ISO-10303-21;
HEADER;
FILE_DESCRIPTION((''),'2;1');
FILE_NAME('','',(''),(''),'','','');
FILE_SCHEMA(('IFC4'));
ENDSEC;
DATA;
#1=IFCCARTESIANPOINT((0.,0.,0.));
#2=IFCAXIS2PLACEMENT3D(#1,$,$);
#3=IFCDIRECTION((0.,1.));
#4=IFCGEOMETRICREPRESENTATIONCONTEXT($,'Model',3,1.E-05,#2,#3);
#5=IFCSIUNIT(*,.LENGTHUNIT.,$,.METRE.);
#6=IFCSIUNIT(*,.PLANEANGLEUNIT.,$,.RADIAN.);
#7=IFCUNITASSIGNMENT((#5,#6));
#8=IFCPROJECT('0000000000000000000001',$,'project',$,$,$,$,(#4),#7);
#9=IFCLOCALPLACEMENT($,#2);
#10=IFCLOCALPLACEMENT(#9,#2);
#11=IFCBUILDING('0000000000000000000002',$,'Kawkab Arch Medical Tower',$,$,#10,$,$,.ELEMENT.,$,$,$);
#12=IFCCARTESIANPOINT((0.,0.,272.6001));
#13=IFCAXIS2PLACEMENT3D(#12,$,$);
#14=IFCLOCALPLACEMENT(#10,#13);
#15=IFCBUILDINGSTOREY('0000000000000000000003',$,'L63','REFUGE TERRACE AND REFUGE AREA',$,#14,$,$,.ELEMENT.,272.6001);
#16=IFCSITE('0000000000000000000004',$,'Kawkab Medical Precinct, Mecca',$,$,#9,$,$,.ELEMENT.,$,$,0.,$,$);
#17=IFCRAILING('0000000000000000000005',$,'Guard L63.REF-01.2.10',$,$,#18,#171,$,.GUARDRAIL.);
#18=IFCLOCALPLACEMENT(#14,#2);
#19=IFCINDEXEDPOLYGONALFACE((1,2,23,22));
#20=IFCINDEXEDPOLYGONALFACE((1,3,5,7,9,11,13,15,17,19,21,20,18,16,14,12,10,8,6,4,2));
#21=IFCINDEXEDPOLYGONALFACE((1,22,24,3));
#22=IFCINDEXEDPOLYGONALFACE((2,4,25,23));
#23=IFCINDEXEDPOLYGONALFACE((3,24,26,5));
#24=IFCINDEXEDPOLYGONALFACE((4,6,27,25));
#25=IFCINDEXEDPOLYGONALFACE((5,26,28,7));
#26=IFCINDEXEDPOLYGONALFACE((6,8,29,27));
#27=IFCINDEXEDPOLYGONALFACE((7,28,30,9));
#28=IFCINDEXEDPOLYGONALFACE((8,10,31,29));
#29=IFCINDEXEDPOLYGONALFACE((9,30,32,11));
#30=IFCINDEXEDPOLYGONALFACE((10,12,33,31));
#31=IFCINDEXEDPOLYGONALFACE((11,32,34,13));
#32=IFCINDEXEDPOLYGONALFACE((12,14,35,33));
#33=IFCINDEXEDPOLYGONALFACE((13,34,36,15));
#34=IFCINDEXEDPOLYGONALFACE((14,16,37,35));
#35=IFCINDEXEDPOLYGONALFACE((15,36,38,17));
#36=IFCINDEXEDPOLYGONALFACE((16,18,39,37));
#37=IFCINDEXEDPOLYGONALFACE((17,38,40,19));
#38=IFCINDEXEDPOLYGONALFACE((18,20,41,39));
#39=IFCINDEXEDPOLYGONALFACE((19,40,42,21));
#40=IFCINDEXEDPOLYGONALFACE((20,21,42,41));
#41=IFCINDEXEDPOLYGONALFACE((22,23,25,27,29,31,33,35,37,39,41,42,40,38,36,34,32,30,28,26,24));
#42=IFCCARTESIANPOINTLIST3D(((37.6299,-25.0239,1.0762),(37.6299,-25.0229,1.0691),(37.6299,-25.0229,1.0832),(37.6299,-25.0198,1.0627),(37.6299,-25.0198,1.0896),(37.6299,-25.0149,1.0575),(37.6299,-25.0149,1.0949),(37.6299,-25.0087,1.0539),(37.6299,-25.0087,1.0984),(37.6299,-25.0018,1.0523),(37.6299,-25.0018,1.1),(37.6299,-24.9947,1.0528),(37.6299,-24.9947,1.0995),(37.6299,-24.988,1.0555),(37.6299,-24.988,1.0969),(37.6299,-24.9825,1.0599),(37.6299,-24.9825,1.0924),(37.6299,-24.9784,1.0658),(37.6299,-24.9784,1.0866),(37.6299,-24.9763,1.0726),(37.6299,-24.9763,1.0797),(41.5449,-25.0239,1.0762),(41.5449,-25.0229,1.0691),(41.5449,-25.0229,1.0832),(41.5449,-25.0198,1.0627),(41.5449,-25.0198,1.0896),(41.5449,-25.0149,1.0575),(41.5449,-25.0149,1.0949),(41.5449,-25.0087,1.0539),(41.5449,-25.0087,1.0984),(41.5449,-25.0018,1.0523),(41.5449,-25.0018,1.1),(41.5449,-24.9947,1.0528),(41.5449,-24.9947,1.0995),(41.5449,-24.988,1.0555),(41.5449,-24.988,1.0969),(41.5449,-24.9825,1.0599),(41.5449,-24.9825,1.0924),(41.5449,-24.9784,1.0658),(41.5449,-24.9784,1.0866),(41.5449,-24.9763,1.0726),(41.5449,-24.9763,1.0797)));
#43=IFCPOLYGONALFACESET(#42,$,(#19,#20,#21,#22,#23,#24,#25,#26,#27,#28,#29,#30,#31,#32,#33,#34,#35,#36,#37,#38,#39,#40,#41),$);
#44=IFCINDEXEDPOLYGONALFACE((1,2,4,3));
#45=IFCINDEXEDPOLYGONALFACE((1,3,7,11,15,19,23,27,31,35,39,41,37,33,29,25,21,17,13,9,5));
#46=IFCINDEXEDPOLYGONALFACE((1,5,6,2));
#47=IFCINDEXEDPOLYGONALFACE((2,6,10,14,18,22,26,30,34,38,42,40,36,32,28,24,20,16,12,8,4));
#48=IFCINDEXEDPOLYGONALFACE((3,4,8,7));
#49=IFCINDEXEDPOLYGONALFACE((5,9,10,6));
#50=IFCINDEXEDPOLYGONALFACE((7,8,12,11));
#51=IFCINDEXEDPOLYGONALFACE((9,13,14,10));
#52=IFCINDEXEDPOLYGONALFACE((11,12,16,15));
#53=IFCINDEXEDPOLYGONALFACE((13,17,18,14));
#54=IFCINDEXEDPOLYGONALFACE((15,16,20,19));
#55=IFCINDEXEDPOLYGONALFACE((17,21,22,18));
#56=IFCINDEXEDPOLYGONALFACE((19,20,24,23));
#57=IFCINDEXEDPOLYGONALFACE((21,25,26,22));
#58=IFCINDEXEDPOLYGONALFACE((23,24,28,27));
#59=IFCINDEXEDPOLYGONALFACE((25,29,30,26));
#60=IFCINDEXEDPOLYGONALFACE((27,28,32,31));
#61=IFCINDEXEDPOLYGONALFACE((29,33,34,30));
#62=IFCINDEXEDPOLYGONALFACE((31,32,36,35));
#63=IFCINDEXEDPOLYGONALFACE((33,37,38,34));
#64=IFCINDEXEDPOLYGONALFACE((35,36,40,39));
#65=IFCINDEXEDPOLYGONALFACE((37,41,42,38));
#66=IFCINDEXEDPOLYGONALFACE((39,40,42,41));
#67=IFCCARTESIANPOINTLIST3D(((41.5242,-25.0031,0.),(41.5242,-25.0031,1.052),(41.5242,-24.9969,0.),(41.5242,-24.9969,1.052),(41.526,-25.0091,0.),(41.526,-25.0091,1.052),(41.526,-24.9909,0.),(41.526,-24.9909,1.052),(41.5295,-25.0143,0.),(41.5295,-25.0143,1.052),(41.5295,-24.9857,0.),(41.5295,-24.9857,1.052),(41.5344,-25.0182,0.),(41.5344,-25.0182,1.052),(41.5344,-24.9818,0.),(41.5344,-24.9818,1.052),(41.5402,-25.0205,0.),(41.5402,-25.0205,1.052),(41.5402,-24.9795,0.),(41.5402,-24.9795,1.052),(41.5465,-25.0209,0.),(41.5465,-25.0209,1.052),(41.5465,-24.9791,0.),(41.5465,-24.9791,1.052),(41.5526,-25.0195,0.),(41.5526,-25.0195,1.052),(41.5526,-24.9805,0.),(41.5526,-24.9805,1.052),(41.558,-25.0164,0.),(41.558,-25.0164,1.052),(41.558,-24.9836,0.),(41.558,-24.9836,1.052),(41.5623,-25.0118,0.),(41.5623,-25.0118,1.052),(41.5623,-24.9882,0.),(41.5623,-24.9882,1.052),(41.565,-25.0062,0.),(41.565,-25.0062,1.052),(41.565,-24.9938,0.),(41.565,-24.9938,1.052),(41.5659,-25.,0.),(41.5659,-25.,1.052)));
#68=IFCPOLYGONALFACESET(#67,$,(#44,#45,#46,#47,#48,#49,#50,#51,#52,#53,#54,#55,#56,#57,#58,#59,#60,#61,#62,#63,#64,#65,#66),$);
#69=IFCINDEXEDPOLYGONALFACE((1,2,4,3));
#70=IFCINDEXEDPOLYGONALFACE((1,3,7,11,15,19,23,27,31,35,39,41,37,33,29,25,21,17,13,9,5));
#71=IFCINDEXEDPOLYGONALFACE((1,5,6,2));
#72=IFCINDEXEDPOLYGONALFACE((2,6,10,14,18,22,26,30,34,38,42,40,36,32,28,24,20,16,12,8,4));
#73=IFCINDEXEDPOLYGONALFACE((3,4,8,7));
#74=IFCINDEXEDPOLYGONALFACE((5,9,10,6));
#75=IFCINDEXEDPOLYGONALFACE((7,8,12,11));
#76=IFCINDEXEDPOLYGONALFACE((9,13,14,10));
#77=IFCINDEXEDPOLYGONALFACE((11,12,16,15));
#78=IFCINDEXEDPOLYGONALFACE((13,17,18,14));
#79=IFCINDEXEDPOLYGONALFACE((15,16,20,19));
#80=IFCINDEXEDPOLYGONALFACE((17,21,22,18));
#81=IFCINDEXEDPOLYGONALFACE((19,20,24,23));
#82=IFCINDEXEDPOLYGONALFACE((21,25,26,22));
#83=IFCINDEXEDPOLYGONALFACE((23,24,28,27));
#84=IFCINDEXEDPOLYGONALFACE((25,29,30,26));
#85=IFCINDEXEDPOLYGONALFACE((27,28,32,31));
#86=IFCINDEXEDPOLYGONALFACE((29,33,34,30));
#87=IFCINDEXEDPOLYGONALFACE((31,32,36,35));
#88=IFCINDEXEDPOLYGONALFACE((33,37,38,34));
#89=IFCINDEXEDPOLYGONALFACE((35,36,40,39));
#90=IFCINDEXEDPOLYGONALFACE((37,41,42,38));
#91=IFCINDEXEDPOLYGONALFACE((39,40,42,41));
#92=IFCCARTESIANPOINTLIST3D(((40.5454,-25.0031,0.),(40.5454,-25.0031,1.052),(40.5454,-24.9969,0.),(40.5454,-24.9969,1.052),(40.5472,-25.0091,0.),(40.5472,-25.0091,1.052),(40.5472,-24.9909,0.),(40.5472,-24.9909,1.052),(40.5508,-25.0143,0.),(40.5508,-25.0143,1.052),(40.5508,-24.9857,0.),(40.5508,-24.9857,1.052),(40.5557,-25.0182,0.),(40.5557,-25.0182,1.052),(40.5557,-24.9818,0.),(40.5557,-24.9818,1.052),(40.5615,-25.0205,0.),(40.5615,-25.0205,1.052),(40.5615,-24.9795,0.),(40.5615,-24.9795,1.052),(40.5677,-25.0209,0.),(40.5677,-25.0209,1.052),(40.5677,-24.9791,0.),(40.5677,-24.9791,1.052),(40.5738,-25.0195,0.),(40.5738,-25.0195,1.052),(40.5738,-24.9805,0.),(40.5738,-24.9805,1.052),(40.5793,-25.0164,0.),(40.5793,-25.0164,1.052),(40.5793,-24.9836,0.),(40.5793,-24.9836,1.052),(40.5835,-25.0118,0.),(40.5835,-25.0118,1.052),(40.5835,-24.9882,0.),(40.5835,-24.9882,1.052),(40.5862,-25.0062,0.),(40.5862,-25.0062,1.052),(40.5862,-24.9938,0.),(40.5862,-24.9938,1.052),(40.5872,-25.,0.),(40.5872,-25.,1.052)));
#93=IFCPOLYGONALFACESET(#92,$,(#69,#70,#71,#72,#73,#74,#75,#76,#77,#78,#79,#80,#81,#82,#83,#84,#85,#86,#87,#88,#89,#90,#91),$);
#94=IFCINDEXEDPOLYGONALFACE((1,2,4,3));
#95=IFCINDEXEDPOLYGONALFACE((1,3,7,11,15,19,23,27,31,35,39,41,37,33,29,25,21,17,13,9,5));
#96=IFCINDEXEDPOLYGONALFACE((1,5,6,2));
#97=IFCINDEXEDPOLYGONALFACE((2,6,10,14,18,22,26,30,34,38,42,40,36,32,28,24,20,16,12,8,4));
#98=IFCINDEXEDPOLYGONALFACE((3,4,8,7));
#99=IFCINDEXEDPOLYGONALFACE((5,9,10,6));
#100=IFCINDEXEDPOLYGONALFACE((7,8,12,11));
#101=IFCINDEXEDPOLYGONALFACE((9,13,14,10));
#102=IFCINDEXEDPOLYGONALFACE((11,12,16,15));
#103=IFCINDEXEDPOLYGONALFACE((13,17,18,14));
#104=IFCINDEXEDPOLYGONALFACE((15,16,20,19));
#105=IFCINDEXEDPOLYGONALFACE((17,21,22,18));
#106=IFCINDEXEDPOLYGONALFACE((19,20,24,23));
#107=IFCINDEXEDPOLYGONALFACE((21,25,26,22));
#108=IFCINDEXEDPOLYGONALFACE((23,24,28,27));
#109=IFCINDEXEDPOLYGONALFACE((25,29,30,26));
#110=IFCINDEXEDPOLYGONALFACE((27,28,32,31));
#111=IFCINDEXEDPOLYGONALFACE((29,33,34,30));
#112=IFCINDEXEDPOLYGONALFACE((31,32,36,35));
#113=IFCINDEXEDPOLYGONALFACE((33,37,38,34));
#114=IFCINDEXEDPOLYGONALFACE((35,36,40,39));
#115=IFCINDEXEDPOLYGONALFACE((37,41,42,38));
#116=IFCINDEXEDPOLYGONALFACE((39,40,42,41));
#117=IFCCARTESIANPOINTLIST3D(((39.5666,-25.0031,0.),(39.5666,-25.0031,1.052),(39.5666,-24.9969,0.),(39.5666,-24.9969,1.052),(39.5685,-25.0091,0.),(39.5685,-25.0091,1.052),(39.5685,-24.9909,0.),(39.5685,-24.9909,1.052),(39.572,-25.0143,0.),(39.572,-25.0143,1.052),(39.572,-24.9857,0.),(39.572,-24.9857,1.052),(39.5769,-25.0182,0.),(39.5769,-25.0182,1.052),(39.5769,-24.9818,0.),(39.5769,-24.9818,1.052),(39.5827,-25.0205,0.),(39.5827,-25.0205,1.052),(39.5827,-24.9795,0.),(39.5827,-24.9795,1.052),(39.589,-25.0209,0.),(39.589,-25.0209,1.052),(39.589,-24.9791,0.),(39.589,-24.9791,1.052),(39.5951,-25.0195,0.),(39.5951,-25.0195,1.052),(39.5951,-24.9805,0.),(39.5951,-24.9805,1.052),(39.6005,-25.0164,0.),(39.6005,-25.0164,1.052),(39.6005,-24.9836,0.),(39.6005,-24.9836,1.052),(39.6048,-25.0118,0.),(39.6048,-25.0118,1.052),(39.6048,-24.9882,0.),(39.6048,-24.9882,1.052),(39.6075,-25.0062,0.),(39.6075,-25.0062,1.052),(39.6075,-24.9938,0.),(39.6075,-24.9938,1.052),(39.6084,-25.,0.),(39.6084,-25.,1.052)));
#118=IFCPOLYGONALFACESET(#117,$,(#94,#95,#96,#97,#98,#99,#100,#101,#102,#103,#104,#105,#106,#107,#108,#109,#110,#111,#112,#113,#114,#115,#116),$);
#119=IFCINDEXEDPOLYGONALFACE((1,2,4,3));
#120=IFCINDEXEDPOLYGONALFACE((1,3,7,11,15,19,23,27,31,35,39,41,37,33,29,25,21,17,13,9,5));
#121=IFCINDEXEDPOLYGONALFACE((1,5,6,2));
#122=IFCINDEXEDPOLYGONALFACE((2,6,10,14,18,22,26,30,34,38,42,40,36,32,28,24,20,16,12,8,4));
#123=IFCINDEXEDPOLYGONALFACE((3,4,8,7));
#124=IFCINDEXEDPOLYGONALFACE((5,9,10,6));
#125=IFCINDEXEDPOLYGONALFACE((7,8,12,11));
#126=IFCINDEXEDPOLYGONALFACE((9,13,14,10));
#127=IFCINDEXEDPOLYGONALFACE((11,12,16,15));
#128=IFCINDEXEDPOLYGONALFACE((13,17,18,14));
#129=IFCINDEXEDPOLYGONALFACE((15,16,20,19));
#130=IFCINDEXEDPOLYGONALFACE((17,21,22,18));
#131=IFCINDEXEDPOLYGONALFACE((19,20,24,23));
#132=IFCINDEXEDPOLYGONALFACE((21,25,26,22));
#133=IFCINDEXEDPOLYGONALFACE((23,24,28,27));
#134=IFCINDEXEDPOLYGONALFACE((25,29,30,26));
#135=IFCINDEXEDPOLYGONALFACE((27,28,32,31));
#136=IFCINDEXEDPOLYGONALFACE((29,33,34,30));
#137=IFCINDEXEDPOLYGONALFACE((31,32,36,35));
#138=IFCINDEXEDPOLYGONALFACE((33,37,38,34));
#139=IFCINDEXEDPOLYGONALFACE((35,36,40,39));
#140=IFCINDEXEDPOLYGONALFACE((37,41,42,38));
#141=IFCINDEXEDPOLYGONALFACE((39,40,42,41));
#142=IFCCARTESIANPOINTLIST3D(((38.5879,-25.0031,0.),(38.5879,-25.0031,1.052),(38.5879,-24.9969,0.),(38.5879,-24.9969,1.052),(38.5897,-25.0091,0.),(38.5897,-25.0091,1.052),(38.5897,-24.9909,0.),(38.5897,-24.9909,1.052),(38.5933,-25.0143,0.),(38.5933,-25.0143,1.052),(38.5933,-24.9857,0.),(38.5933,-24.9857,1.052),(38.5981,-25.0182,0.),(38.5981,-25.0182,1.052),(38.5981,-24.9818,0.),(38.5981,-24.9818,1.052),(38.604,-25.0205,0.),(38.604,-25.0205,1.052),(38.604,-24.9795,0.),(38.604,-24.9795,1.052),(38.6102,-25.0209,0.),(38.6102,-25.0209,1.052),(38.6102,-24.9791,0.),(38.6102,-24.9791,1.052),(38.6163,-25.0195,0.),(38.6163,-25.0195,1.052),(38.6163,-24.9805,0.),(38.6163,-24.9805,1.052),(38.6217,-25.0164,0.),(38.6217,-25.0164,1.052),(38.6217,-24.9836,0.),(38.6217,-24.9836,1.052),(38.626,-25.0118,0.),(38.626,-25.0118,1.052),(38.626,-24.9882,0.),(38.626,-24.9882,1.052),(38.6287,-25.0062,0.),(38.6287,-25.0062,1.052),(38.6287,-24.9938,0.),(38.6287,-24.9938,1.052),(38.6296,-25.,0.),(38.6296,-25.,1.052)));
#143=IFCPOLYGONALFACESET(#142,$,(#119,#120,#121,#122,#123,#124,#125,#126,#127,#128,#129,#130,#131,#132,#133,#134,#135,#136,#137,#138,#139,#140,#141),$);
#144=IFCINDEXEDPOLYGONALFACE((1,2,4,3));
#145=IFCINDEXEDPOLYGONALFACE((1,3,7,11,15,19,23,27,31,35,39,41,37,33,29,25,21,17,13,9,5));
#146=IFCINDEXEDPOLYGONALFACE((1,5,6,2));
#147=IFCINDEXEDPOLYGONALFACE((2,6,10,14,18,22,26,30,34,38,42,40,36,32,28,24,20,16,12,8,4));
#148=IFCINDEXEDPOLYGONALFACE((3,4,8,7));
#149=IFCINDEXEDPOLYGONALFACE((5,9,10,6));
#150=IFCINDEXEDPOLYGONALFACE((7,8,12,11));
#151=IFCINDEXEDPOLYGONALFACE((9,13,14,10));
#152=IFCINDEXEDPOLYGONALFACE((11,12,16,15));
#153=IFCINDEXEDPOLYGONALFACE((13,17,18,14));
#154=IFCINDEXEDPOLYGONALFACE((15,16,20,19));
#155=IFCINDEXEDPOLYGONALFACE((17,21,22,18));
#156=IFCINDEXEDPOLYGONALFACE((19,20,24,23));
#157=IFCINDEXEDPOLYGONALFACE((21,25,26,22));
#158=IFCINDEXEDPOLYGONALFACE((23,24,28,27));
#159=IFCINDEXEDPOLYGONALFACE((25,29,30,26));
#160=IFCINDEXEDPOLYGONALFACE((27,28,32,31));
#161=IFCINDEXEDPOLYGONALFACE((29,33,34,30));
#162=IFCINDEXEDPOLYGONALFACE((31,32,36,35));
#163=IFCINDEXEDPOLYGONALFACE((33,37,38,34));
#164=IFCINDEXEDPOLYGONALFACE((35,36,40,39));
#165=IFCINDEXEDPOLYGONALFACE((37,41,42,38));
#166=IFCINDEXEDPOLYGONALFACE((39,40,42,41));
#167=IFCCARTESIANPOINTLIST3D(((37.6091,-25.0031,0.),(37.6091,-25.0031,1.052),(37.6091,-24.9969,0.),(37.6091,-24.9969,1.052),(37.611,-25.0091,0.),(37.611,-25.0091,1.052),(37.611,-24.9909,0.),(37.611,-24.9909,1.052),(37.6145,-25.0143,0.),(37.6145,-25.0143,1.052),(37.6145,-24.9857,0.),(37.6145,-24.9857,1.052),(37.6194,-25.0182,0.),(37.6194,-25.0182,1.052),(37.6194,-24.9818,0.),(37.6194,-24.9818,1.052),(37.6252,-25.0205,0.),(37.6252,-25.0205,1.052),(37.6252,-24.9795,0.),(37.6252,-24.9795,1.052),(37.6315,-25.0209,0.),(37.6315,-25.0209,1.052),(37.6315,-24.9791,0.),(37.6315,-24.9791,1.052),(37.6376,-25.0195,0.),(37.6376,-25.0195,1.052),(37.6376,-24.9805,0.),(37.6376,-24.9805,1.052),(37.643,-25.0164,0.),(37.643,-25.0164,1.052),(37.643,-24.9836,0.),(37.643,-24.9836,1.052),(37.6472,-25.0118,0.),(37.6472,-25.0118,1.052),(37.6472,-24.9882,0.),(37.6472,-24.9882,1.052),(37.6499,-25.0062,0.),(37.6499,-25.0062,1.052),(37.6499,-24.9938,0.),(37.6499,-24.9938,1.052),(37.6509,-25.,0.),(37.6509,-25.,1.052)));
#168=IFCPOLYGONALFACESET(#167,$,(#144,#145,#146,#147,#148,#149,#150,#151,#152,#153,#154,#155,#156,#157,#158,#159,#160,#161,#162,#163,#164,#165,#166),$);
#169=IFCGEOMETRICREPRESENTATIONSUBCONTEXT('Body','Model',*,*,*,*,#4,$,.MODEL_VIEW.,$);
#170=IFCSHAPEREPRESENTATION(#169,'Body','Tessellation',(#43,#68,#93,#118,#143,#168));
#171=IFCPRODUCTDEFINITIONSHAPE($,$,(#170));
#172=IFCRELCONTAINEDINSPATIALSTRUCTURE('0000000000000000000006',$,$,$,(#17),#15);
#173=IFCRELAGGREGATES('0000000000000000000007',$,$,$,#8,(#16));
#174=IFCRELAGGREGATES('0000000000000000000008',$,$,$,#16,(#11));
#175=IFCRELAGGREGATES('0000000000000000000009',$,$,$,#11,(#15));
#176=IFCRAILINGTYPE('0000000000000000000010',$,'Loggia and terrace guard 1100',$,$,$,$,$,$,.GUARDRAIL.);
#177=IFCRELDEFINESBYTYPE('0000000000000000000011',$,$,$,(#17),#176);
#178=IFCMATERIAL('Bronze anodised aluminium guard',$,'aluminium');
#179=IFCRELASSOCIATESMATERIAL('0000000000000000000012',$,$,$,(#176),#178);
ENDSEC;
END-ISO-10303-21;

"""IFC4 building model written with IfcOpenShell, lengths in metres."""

from ifc_helpers import new_model, si_unit, direction, frame, origin, origin_2d, place, context, subcontext, project, spatial, circle, extrude, material, type_object, element, save


model = new_model("IFC4")

# Units and contexts
model_context = context("Model", 3, precision=1e-05, world=origin(), true_north=direction((0.0, 1.0)))
body_context = subcontext(model_context, "Body", "Model", "MODEL_VIEW")
ifc_project = project(units=[si_unit("LENGTHUNIT", "METRE"), si_unit("PLANEANGLEUNIT", "RADIAN")], contexts=[model_context])

# Site, building, storey
site_placement = place(None, origin())
site = spatial("IfcSite", under=ifc_project, at=site_placement, Name="Kawkab Medical Precinct, Mecca", CompositionType="ELEMENT", RefElevation=0.0)
building_placement = place(site_placement, origin())
building = spatial("IfcBuilding", under=site, at=building_placement, Name="Kawkab Arch Medical Tower", CompositionType="ELEMENT")
storey_placement = place(building_placement, frame((0.0, 0.0, 272.6001)))
storey = spatial("IfcBuildingStorey", under=building, at=storey_placement, Name="L63", Description="REFUGE TERRACE AND REFUGE AREA", CompositionType="ELEMENT", Elevation=272.6001)

# Railing
ifc_material_1 = material(Name="Bronze anodised aluminium guard", Category="aluminium")
railing_type = type_object("IfcRailingType", Name="Loggia and terrace guard 1100", PredefinedType="GUARDRAIL", material=ifc_material_1)
railing_1_placement = place(storey_placement, frame((41.5449, -25.0, 0.0)))
element("IfcRailing", 1, at=railing_1_placement, inside=storey, type_object=railing_type, Name="Guard L63.REF-01.2.10", PredefinedType="GUARDRAIL", context=body_context, shape_type="SweptSolid", body=[
    extrude(circle(Radius=0.0239, at=origin_2d()), frame((0.0, 0.0, 1.0762), z_axis=(-1.0, 0.0, 0.0), x_axis=(0.0, -1.0, 0.0)), (0.0, 0.0, 1.0), 3.915),
    extrude(circle(Radius=0.021, at=origin_2d()), origin(), (0.0, 0.0, 1.0), 1.052),
    extrude(circle(Radius=0.021, at=origin_2d()), frame((-0.9788, 0.0, 0.0)), (0.0, 0.0, 1.0), 1.052),
    extrude(circle(Radius=0.021, at=origin_2d()), frame((-1.9575, 0.0, 0.0)), (0.0, 0.0, 1.0), 1.052),
    extrude(circle(Radius=0.021, at=origin_2d()), frame((-2.9363, 0.0, 0.0)), (0.0, 0.0, 1.0), 1.052),
    extrude(circle(Radius=0.021, at=origin_2d()), frame((-3.915, 0.0, 0.0)), (0.0, 0.0, 1.0), 1.052),
])

save(model, "model.ifc")
